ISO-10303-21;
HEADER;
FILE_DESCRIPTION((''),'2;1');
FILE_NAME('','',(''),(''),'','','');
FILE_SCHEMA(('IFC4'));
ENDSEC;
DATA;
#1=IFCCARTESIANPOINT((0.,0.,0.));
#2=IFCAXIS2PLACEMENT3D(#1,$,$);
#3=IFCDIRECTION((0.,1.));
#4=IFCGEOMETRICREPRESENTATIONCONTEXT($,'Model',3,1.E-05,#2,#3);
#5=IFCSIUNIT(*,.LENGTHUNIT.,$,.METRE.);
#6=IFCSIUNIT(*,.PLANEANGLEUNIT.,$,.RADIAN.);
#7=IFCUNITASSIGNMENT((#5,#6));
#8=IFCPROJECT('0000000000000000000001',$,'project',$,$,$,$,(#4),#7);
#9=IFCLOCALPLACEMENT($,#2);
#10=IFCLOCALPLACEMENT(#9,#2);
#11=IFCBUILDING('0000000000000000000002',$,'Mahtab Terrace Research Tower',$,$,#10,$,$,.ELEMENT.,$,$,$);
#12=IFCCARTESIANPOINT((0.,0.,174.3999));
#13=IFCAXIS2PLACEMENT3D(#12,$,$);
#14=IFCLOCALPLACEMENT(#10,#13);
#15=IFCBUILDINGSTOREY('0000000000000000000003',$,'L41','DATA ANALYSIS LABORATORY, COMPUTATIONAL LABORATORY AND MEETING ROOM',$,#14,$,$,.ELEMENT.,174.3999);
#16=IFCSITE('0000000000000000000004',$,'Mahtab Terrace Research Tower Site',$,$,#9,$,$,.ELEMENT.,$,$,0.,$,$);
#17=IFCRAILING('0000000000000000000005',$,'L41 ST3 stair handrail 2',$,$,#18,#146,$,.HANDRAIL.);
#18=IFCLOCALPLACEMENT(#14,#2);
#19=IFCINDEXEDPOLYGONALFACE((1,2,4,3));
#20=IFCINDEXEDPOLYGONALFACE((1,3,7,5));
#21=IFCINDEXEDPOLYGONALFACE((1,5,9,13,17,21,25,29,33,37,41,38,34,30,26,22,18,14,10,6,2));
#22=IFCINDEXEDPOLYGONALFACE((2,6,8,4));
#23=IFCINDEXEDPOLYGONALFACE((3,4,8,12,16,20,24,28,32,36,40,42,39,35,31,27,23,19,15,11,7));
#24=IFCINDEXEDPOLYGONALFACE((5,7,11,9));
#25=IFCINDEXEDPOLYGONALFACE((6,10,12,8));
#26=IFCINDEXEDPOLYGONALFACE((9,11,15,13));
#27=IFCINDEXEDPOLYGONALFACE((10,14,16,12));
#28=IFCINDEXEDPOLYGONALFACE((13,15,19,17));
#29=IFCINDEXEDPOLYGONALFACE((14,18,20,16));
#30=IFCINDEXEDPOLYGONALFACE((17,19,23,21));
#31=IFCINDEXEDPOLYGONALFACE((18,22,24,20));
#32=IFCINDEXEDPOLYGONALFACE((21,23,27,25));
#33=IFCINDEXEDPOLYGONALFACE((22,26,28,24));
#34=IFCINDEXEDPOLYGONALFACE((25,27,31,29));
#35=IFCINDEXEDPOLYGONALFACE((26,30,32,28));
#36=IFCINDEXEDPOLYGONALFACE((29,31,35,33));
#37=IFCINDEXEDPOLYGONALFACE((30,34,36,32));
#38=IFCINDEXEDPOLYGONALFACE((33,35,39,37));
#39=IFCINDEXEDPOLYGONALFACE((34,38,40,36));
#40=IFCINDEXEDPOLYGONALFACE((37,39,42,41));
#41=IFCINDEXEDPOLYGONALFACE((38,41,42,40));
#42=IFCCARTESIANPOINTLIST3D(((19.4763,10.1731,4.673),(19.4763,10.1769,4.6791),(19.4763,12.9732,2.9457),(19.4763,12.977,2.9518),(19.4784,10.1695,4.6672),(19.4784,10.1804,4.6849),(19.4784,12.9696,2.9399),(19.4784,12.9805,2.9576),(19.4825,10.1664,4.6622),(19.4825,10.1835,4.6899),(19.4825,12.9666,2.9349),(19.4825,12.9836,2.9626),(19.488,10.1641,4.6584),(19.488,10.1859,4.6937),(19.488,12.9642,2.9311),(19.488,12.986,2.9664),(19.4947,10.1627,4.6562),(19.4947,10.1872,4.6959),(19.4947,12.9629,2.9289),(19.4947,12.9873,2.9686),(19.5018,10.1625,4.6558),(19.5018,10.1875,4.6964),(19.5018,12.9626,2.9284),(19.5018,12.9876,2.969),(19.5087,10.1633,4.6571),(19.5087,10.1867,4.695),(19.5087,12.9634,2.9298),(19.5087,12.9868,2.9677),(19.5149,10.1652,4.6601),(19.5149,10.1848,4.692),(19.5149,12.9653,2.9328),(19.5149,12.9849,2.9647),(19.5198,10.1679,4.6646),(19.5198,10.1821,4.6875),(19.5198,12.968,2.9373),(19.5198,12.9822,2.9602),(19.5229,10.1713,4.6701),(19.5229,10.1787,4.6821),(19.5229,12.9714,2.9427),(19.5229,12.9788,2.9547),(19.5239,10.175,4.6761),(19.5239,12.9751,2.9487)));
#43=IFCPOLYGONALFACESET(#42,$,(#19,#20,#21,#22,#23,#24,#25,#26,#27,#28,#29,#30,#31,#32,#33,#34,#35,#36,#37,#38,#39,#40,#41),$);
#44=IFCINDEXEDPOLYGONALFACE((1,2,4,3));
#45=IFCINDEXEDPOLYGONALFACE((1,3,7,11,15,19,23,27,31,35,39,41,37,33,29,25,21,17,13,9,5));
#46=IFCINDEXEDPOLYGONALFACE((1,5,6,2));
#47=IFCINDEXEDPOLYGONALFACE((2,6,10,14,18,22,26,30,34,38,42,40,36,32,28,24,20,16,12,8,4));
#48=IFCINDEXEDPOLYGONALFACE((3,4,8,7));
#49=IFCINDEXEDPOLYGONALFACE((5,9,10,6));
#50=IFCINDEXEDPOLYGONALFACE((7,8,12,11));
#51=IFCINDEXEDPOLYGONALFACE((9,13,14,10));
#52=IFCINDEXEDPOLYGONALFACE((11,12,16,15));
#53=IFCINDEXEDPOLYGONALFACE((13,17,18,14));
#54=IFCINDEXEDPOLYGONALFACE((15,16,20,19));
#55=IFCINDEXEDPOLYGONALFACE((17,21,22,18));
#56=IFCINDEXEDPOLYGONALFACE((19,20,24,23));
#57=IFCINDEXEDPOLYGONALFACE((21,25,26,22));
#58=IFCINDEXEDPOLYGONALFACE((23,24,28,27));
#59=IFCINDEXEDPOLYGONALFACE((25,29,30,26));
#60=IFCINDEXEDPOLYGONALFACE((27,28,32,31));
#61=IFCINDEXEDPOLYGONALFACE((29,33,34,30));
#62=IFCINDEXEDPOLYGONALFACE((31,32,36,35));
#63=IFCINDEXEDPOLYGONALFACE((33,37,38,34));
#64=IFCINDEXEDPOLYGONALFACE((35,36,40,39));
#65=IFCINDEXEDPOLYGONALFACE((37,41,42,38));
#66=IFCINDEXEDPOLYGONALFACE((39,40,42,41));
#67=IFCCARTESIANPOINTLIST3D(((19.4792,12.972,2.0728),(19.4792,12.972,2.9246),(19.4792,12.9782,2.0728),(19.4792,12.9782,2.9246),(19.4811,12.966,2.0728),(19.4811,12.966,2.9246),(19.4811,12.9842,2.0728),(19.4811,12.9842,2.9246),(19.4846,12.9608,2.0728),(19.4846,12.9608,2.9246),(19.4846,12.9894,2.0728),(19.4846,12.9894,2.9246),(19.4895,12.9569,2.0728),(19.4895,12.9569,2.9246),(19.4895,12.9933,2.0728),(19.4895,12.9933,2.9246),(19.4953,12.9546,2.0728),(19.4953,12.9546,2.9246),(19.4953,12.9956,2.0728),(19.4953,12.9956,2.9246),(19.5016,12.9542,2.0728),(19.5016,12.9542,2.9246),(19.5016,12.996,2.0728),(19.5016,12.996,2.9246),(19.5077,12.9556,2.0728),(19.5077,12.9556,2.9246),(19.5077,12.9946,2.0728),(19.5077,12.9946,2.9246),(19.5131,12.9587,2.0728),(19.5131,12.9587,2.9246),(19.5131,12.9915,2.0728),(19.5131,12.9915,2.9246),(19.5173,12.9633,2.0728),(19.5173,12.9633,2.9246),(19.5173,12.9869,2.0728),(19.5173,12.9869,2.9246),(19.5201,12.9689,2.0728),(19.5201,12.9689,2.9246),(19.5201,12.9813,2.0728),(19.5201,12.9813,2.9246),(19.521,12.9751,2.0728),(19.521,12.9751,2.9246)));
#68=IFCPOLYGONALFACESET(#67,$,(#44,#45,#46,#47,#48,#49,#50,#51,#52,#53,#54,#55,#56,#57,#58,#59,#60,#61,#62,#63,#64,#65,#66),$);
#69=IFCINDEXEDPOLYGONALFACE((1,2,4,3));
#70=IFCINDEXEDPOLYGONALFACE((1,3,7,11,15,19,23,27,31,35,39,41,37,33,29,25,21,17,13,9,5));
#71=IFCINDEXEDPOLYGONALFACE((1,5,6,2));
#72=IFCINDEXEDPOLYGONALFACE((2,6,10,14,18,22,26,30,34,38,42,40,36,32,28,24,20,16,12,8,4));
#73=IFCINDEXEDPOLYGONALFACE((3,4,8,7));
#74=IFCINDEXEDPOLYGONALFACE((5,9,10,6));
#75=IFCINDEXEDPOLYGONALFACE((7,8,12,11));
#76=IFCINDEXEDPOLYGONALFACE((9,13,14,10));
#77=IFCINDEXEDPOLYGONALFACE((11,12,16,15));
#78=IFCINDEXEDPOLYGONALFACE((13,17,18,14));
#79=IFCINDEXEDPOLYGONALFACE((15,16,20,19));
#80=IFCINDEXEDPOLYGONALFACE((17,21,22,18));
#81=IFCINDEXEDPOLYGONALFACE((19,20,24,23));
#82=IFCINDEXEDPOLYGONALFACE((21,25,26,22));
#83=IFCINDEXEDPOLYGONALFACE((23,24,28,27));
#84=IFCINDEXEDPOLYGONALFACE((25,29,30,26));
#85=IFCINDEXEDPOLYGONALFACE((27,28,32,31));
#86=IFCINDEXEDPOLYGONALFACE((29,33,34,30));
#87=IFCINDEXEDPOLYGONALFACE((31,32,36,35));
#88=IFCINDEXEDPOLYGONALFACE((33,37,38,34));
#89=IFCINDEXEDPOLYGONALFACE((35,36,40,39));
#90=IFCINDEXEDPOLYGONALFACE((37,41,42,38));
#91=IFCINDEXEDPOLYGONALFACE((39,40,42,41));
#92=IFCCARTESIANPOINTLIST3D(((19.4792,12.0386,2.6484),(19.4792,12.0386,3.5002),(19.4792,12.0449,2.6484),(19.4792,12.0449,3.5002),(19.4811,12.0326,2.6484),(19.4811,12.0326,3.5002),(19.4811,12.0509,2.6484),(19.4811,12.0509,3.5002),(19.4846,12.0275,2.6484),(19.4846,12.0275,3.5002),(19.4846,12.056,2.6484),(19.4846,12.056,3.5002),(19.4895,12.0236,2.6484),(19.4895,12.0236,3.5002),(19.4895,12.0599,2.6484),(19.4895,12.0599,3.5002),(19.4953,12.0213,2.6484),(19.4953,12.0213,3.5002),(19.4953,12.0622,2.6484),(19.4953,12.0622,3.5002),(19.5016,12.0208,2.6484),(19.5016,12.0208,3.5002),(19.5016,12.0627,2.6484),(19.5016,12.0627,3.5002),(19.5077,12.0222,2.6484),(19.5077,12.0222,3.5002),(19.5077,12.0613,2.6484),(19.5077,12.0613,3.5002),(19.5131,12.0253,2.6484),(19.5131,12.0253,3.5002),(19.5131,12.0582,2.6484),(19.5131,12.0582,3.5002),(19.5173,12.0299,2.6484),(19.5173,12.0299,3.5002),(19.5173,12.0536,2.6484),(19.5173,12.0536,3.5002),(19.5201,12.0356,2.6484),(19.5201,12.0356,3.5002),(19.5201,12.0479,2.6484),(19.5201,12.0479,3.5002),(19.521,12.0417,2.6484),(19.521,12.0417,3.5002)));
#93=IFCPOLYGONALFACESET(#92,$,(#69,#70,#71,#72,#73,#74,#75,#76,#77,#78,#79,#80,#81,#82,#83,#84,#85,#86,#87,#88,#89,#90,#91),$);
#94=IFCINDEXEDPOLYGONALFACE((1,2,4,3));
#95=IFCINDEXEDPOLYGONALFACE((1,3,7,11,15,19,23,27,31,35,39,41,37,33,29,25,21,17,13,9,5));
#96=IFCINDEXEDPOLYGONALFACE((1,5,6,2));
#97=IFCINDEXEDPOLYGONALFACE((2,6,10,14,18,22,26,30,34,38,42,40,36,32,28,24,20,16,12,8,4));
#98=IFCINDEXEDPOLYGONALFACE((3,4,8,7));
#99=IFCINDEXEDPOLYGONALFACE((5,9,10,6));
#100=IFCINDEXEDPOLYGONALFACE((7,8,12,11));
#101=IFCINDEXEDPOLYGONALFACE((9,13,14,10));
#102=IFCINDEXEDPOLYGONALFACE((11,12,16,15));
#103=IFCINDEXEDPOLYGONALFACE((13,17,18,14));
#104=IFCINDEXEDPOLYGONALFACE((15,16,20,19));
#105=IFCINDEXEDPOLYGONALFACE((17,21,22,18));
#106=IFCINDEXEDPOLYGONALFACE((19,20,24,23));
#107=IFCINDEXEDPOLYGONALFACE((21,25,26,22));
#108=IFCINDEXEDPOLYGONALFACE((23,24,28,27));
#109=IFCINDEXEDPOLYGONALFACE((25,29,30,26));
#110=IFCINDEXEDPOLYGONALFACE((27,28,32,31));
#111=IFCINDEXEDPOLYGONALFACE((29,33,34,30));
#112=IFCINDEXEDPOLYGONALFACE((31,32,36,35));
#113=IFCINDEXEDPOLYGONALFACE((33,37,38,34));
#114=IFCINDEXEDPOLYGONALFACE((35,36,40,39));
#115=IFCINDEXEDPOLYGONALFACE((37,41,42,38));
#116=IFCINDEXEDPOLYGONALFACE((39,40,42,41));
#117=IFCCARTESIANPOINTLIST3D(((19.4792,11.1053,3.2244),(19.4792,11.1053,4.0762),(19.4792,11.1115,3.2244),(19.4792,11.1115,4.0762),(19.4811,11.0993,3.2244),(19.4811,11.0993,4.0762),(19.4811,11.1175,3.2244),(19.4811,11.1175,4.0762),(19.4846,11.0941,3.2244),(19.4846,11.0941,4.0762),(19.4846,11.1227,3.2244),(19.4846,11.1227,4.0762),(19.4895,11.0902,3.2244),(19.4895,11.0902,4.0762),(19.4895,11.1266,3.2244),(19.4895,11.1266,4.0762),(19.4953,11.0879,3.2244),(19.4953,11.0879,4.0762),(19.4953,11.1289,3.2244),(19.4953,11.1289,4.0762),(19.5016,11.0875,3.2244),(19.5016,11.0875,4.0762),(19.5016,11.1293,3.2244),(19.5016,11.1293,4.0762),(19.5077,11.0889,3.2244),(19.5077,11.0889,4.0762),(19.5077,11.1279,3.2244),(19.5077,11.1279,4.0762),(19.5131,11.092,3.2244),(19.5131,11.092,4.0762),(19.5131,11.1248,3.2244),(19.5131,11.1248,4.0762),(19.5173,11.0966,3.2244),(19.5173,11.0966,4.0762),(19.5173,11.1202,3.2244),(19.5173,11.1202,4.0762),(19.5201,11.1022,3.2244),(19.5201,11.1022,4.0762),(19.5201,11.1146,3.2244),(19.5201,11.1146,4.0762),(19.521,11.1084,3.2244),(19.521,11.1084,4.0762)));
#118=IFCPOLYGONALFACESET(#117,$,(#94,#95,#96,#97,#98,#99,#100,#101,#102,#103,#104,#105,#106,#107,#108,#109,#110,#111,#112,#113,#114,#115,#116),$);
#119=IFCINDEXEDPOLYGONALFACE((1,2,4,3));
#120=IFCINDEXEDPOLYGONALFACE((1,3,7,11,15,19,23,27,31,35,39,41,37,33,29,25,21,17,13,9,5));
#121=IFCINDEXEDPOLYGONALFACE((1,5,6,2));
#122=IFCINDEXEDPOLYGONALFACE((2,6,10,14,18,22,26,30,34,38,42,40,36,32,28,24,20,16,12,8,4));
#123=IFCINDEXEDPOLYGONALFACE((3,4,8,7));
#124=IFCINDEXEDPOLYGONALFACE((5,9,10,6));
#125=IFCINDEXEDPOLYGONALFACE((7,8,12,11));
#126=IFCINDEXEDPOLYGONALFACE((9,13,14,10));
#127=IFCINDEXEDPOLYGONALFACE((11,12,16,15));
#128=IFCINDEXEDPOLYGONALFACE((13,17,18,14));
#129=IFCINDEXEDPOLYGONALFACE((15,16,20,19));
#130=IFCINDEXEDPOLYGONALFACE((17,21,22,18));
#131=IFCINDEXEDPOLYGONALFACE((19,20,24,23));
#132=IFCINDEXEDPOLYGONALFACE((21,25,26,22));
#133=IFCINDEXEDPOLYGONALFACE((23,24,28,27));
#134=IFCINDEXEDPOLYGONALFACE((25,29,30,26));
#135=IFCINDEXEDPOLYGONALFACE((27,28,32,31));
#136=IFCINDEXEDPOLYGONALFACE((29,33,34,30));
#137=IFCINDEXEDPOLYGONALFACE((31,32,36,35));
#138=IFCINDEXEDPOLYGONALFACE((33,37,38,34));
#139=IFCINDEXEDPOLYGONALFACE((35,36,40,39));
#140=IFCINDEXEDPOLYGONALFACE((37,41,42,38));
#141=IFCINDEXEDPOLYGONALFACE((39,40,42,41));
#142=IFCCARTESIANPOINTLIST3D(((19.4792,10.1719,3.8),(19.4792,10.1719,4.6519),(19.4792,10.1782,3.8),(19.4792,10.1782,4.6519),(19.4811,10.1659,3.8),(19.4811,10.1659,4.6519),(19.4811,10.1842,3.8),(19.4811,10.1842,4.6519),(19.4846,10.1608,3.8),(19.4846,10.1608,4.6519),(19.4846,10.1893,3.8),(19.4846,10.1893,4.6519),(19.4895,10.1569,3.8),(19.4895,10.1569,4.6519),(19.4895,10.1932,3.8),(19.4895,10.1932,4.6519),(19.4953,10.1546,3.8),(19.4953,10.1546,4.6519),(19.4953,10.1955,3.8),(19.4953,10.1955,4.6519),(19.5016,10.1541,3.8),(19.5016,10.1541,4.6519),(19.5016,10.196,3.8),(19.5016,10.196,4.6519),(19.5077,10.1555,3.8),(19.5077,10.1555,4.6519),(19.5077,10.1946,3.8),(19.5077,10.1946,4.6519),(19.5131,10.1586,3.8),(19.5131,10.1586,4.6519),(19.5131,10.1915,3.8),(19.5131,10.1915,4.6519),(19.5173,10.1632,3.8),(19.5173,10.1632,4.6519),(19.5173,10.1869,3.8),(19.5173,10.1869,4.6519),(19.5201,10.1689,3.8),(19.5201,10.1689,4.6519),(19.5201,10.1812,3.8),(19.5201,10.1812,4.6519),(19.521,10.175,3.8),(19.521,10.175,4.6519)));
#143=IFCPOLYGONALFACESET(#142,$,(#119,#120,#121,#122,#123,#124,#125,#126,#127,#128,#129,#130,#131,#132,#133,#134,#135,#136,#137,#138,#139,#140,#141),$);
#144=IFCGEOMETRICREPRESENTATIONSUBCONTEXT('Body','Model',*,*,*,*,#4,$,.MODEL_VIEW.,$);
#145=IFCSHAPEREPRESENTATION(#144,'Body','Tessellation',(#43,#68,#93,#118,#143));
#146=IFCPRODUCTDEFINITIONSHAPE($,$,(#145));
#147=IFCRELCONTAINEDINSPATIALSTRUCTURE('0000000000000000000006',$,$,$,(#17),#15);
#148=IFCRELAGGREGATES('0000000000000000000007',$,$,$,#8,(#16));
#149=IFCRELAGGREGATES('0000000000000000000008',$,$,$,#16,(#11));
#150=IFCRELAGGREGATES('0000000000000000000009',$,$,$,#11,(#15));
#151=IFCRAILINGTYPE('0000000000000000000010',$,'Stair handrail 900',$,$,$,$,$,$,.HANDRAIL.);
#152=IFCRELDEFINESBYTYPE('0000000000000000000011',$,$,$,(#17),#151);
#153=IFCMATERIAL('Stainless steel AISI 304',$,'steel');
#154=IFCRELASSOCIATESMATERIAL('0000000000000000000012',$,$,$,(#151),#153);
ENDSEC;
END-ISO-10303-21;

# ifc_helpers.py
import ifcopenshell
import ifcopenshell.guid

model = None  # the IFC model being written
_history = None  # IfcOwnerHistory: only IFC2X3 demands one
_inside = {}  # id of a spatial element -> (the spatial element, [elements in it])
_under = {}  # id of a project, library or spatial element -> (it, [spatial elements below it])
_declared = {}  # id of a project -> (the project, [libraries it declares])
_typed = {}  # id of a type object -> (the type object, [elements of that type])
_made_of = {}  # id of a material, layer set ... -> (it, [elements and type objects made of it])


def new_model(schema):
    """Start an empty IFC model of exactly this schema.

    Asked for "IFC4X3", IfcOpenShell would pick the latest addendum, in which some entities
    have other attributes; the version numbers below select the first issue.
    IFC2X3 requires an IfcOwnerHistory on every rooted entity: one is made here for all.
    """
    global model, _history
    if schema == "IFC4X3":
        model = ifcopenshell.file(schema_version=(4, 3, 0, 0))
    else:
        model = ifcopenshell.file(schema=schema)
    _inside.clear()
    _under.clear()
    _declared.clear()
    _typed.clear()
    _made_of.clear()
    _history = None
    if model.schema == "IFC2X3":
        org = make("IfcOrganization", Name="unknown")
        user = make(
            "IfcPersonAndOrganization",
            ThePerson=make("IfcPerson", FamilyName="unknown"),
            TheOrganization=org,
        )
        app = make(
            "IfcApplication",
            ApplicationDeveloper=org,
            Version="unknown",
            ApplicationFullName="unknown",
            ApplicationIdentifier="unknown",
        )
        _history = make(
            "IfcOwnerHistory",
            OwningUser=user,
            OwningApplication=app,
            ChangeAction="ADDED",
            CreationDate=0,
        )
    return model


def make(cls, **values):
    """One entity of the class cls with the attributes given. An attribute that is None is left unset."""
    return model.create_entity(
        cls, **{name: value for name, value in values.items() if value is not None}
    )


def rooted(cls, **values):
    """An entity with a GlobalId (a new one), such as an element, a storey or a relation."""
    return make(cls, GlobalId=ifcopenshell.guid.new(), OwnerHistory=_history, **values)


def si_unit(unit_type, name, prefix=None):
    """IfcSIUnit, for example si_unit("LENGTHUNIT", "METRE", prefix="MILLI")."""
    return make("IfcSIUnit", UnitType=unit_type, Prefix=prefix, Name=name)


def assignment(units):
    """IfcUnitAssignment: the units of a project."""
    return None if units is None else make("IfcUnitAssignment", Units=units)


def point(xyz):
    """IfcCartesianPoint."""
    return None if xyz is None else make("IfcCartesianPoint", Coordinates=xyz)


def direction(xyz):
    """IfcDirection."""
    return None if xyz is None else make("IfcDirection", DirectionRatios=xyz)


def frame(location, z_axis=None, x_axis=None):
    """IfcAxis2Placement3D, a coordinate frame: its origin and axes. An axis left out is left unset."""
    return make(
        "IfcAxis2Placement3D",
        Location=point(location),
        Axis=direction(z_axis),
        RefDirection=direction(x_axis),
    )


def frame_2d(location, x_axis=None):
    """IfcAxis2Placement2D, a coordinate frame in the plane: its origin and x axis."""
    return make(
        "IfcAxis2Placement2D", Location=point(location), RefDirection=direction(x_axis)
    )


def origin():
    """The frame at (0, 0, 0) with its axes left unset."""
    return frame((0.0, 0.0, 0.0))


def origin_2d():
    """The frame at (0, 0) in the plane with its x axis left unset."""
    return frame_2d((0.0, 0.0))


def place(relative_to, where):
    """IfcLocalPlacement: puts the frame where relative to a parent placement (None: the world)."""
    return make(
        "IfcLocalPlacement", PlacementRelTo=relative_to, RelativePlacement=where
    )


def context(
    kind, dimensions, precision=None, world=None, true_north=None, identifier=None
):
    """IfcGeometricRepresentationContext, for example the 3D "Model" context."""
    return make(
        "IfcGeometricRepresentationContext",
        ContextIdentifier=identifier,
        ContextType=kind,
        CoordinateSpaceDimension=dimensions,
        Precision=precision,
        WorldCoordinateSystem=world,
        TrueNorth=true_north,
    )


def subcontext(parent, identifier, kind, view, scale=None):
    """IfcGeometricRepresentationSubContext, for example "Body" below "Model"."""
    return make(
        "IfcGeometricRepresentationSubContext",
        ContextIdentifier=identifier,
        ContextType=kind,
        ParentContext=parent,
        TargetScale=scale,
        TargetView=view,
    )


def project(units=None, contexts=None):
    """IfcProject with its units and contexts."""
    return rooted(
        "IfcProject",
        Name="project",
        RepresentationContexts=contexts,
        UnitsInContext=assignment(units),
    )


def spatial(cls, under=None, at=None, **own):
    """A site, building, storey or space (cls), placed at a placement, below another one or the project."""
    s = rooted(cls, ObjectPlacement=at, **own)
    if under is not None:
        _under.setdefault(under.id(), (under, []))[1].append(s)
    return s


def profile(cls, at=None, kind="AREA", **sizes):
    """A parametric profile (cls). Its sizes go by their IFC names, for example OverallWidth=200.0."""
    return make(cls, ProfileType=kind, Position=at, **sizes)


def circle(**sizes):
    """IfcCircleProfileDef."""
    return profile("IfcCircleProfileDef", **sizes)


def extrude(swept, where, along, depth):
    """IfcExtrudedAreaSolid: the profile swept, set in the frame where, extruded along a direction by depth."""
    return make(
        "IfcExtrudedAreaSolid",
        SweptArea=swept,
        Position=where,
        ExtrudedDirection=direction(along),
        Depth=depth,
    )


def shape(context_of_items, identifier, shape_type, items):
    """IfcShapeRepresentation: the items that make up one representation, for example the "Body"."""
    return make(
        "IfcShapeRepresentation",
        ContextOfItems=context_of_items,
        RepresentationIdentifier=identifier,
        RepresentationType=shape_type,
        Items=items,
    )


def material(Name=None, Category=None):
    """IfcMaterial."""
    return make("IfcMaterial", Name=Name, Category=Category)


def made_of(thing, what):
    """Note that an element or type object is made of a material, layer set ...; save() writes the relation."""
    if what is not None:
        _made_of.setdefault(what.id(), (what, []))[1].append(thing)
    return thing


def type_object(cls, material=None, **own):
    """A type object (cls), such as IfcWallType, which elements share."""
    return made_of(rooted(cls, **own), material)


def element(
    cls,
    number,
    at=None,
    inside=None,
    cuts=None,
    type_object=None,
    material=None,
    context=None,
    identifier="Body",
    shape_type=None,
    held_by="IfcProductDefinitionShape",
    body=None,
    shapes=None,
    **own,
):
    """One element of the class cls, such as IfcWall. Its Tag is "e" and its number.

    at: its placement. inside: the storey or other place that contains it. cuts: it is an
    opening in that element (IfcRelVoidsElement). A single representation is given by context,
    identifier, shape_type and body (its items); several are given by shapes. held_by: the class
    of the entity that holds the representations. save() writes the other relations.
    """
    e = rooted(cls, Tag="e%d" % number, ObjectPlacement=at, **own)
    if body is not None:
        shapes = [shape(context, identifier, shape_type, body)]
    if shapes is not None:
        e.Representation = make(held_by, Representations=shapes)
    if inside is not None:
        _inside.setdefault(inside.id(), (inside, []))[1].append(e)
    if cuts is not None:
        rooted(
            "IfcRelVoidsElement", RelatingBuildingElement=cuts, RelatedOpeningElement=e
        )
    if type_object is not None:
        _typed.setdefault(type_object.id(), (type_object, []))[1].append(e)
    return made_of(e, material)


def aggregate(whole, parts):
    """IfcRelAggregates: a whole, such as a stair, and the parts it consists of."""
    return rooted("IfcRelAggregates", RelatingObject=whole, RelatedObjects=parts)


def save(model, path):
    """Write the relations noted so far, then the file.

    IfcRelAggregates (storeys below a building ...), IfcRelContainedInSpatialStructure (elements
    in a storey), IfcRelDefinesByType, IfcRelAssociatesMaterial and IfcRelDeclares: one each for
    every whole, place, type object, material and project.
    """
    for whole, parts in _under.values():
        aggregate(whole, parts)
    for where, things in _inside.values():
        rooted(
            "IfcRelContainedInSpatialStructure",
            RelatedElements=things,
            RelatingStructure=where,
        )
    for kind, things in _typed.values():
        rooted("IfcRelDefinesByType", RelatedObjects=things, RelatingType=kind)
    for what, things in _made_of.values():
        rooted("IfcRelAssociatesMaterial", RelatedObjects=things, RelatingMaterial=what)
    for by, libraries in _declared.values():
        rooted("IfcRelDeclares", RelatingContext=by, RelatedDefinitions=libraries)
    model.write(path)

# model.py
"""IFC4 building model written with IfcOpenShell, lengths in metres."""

from ifc_helpers import new_model, si_unit, direction, frame, origin, origin_2d, place, context, subcontext, project, spatial, circle, extrude, material, type_object, element, save


model = new_model("IFC4")

# Units and contexts
model_context = context("Model", 3, precision=1e-05, world=origin(), true_north=direction((0.0, 1.0)))
body_context = subcontext(model_context, "Body", "Model", "MODEL_VIEW")
ifc_project = project(units=[si_unit("LENGTHUNIT", "METRE"), si_unit("PLANEANGLEUNIT", "RADIAN")], contexts=[model_context])

# Site, building, storey
site_placement = place(None, origin())
site = spatial("IfcSite", under=ifc_project, at=site_placement, Name="Mahtab Terrace Research Tower Site", CompositionType="ELEMENT", RefElevation=0.0)
building_placement = place(site_placement, origin())
building = spatial("IfcBuilding", under=site, at=building_placement, Name="Mahtab Terrace Research Tower", CompositionType="ELEMENT")
storey_placement = place(building_placement, frame((0.0, 0.0, 174.3999)))
storey = spatial("IfcBuildingStorey", under=building, at=storey_placement, Name="L41", Description="DATA ANALYSIS LABORATORY, COMPUTATIONAL LABORATORY AND MEETING ROOM", CompositionType="ELEMENT", Elevation=174.3999)

# Shared definitions
ifc_material_1 = material(Name="Stainless steel AISI 304", Category="steel")

# Railing
railing_type_1 = type_object("IfcRailingType", Name="Stair handrail 900", PredefinedType="HANDRAIL", material=ifc_material_1)
railing_1_placement = place(storey_placement, frame((19.5, 12.9751, 2.0728)))
element("IfcRailing", 1, at=railing_1_placement, inside=storey, type_object=railing_type_1, Name="L41 ST3 stair handrail 2", PredefinedType="HANDRAIL", context=body_context, shape_type="SweptSolid", body=[
    extrude(circle(Radius=0.0239, at=origin_2d()), frame((0.0, 0.0, 0.876), z_axis=(0.0, -0.85109, 0.52502), x_axis=(1.0, 0.0, 0.0)), (0.0, 0.0, 1.0), 3.29),
    extrude(circle(Radius=0.021, at=origin_2d()), origin(), (0.0, 0.0, 1.0), 0.8518),
    extrude(circle(Radius=0.021, at=origin_2d()), frame((0.0, -0.9333, 0.5757)), (0.0, 0.0, 1.0), 0.8518),
    extrude(circle(Radius=0.021, at=origin_2d()), frame((0.0, -1.8667, 1.1516)), (0.0, 0.0, 1.0), 0.8518),
    extrude(circle(Radius=0.021, at=origin_2d()), frame((0.0, -2.8, 1.7273)), (0.0, 0.0, 1.0), 0.8518),
])

save(model, "model.ifc")
